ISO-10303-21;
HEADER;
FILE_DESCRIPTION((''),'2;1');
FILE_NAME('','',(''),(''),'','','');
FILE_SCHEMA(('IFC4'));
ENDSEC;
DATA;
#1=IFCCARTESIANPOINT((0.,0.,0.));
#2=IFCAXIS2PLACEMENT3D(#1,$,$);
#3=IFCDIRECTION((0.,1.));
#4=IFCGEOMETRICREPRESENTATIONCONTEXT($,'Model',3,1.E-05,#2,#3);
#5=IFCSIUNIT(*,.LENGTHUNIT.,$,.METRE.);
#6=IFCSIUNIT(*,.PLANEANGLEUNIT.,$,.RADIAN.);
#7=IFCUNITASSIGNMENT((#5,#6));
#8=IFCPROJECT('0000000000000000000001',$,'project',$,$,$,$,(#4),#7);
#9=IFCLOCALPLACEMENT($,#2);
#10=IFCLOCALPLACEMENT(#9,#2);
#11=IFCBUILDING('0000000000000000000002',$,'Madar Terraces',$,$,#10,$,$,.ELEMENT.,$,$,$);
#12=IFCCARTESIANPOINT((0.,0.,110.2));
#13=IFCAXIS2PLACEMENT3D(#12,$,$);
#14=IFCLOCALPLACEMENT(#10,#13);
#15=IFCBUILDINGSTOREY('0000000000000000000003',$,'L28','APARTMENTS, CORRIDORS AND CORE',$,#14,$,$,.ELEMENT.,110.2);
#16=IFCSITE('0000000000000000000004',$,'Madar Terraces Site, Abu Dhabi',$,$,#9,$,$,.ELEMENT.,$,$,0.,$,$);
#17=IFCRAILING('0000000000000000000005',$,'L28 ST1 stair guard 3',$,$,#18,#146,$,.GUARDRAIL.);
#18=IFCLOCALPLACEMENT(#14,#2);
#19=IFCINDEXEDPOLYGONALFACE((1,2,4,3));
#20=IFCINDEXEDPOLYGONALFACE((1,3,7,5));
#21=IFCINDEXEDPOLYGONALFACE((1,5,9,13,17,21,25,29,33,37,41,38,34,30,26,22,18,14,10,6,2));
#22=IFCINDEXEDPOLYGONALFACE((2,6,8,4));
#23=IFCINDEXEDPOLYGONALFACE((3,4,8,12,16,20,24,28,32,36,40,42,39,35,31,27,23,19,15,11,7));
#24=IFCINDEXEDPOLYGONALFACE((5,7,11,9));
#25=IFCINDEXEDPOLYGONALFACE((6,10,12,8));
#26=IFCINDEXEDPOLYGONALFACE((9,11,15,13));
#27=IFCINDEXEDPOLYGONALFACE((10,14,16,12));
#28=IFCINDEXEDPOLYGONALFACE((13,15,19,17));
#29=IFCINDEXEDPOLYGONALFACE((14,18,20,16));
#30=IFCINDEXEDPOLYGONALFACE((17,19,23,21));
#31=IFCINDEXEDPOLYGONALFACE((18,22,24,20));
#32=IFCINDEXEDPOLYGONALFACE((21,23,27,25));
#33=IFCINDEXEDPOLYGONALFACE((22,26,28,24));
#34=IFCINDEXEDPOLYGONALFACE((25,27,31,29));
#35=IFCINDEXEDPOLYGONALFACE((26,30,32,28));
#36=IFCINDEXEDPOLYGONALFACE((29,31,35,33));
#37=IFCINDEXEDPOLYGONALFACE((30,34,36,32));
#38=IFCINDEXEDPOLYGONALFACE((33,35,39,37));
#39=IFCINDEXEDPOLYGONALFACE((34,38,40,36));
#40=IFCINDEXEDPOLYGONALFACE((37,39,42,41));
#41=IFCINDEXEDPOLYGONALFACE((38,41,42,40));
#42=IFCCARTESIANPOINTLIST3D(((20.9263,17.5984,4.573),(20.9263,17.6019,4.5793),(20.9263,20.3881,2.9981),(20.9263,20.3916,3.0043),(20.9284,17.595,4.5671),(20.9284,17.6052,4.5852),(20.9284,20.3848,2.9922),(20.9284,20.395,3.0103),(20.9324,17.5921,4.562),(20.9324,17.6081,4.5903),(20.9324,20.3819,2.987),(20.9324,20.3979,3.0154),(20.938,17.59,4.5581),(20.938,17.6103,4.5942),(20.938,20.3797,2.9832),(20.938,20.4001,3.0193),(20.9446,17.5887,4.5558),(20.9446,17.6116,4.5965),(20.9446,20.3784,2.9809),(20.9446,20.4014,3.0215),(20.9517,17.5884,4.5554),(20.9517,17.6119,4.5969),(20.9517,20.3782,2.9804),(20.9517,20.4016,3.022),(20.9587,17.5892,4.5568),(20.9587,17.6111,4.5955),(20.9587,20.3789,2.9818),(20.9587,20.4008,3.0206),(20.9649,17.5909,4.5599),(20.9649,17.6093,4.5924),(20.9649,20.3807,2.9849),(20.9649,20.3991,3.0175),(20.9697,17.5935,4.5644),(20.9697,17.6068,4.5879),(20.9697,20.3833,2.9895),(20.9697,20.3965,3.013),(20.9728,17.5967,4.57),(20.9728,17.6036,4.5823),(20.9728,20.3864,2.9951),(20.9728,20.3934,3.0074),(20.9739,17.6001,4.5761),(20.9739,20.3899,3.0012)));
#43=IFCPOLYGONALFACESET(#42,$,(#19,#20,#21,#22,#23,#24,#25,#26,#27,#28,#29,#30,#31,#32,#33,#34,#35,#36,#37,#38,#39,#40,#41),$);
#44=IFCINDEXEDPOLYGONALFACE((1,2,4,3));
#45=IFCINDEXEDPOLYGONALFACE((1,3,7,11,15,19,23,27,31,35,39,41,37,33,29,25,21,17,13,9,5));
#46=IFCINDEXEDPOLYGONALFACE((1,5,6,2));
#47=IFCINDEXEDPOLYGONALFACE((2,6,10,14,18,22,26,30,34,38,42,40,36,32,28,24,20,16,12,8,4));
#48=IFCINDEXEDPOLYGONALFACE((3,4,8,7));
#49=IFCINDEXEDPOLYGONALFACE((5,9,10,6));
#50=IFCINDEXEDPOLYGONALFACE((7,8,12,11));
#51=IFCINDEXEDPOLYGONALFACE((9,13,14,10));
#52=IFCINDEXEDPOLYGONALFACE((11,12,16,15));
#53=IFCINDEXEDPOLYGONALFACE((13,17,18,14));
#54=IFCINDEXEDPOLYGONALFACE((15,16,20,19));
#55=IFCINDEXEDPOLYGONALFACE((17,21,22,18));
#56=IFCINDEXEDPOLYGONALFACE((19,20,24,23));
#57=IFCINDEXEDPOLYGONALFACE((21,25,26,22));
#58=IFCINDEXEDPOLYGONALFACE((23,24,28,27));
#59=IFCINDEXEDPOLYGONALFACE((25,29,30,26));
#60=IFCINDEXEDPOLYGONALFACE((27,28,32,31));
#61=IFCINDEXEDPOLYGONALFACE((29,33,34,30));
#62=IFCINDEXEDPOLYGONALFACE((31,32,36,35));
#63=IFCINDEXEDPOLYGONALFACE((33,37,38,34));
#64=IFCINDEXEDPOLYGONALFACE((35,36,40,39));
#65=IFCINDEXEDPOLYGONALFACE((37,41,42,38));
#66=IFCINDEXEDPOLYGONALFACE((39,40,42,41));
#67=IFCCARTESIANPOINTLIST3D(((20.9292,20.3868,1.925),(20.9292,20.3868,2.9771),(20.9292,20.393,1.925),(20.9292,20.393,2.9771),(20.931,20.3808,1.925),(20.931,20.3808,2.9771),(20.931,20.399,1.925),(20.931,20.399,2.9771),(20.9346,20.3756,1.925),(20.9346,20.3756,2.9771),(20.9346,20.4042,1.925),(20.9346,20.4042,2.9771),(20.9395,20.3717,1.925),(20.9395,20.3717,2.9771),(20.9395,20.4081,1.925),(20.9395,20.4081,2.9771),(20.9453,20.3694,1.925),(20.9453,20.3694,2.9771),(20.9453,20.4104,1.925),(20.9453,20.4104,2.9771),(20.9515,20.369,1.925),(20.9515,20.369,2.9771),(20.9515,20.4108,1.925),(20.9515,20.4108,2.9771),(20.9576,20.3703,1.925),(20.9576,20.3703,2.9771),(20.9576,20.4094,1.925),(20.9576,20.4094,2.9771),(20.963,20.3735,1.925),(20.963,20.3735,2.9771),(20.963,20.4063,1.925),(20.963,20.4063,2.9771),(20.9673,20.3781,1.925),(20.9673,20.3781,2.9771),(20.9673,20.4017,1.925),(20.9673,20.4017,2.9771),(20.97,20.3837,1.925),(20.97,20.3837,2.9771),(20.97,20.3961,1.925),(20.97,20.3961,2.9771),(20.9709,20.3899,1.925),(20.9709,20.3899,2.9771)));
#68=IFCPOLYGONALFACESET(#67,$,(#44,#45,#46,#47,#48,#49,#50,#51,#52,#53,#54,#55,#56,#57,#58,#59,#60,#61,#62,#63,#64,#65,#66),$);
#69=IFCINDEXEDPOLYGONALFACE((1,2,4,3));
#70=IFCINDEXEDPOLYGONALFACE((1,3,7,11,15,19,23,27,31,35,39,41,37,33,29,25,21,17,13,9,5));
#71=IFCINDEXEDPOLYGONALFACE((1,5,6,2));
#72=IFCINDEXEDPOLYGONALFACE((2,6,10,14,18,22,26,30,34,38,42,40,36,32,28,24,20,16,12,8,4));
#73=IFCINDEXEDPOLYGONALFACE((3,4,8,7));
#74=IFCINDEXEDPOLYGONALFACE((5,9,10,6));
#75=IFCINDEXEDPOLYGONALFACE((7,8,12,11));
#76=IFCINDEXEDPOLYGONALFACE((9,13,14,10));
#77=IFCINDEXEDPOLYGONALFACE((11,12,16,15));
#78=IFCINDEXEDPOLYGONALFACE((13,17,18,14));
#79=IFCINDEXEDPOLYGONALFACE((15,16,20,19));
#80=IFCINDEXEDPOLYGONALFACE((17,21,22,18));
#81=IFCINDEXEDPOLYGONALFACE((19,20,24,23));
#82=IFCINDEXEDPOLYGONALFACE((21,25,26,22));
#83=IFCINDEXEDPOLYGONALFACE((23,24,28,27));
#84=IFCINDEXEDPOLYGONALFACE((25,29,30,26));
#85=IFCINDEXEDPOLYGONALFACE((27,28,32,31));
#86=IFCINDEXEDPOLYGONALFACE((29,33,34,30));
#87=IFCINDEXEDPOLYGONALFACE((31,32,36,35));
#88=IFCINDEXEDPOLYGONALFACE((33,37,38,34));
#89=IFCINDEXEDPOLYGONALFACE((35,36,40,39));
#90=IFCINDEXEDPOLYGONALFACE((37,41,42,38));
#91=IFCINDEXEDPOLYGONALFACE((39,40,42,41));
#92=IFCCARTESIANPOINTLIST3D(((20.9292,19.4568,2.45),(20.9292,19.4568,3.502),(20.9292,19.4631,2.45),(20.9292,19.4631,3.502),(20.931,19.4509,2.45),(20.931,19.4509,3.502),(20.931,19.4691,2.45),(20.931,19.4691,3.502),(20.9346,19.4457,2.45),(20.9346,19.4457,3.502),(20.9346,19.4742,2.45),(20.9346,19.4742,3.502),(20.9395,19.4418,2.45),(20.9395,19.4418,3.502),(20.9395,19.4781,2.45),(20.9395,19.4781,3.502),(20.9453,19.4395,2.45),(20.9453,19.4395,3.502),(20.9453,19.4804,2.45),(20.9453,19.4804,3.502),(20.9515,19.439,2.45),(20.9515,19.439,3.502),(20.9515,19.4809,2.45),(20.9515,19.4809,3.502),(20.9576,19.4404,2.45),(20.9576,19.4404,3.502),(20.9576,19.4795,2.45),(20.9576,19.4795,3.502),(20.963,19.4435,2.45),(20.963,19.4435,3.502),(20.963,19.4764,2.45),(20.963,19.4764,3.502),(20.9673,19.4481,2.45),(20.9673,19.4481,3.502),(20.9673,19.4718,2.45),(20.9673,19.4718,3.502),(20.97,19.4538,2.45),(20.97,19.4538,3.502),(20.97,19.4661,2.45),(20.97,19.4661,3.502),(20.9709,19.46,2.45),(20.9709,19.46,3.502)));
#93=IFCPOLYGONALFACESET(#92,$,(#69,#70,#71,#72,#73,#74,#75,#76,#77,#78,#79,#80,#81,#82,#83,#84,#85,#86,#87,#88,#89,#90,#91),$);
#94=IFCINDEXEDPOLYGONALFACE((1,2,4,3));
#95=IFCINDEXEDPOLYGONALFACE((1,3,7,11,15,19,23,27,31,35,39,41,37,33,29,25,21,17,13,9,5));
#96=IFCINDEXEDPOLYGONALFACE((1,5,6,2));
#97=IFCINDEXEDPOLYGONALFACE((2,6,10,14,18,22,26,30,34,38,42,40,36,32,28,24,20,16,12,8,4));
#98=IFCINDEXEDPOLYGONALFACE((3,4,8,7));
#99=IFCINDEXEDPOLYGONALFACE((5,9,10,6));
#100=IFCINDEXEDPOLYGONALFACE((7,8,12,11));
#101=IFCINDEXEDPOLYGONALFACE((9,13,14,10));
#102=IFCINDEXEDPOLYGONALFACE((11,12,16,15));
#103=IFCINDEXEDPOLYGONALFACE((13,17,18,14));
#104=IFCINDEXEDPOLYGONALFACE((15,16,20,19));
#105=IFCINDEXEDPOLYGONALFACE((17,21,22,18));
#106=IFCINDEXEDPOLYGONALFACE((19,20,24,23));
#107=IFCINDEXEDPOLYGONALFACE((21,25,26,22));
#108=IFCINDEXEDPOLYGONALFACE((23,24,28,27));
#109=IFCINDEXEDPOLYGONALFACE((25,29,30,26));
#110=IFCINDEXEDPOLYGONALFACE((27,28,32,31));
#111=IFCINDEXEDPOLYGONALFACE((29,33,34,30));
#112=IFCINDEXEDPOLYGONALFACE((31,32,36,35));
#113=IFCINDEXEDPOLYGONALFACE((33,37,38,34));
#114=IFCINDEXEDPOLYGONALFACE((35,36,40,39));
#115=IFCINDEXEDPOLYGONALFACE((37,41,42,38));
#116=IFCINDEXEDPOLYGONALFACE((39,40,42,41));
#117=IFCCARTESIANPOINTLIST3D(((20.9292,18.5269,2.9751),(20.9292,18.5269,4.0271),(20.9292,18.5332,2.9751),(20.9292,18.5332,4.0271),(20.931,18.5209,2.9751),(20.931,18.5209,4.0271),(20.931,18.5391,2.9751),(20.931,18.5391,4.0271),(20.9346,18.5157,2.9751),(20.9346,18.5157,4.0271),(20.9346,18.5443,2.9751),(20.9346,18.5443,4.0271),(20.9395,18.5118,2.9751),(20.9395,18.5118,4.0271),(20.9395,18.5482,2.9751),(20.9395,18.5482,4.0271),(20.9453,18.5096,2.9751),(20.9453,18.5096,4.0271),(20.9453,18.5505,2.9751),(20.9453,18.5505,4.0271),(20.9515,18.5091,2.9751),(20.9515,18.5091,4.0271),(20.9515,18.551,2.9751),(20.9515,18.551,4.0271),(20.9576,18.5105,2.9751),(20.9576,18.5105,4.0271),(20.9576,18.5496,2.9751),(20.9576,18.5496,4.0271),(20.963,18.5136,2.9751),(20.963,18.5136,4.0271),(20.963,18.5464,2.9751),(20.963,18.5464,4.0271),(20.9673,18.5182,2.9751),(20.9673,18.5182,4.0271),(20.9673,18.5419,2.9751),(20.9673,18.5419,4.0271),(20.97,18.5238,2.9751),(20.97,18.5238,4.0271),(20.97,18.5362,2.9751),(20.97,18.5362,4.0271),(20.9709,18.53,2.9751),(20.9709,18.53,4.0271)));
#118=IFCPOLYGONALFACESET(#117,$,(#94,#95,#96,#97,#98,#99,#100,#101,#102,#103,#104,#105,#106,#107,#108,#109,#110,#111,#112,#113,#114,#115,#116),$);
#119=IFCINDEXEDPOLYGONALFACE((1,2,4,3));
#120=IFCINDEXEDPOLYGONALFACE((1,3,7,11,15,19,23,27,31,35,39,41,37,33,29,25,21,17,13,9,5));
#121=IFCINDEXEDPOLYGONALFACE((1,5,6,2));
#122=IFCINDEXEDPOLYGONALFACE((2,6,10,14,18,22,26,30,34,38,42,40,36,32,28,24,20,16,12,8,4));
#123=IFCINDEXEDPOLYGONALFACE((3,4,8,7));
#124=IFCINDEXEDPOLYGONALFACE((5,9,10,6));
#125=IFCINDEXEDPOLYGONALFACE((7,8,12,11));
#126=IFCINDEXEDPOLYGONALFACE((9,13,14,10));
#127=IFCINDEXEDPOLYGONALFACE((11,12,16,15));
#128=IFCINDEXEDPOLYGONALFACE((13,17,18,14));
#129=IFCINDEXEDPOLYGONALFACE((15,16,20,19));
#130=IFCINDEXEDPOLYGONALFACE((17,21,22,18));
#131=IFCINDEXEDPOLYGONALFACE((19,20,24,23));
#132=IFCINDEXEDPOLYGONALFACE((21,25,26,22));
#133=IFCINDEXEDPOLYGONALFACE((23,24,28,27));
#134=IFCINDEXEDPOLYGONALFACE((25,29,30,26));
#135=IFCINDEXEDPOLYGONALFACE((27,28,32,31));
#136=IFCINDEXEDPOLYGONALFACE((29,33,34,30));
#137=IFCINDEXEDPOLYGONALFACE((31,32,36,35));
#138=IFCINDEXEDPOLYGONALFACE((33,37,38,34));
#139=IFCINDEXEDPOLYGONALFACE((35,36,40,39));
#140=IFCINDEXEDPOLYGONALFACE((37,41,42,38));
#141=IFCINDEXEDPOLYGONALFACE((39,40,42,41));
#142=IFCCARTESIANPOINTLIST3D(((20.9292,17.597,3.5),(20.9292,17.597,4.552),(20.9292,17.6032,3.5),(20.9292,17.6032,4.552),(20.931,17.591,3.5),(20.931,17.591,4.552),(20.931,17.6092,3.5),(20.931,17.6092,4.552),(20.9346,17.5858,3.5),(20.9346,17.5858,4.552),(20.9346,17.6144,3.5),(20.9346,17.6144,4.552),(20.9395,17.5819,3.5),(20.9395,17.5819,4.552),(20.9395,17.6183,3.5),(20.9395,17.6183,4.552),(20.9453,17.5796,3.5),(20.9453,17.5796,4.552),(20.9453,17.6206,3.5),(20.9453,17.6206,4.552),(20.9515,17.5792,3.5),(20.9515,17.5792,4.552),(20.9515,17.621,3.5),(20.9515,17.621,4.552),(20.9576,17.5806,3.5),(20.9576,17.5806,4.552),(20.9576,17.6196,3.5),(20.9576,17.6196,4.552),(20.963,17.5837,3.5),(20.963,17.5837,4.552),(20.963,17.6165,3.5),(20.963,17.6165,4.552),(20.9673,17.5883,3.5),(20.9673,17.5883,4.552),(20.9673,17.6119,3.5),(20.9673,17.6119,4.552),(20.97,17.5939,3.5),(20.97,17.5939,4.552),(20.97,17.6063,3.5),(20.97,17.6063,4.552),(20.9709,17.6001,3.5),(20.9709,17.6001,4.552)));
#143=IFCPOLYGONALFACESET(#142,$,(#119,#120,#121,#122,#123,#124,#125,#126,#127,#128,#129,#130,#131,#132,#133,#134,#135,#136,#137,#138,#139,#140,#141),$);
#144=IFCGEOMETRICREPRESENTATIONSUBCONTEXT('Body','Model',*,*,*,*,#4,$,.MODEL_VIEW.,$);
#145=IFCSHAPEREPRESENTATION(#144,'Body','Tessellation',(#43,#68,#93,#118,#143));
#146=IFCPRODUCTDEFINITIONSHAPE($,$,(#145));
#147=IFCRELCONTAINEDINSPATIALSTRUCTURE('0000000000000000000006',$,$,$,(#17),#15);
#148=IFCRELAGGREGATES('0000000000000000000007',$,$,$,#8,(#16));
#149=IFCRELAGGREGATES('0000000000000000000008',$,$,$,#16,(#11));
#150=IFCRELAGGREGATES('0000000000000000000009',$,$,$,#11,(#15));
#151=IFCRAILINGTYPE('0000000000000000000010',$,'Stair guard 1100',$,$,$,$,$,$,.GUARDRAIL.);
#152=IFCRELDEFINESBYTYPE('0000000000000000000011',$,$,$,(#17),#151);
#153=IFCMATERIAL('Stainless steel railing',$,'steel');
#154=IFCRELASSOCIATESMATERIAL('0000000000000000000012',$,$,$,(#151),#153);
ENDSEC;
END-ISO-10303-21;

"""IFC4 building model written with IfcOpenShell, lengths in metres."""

from ifc_helpers import new_model, si_unit, direction, frame, origin, origin_2d, place, context, subcontext, project, spatial, circle, extrude, material, type_object, element, save


model = new_model("IFC4")

# Units and contexts
model_context = context("Model", 3, precision=1e-05, world=origin(), true_north=direction((0.0, 1.0)))
body_context = subcontext(model_context, "Body", "Model", "MODEL_VIEW")
ifc_project = project(units=[si_unit("LENGTHUNIT", "METRE"), si_unit("PLANEANGLEUNIT", "RADIAN")], contexts=[model_context])

# Site, building, storey
site_placement = place(None, origin())
site = spatial("IfcSite", under=ifc_project, at=site_placement, Name="Madar Terraces Site, Abu Dhabi", CompositionType="ELEMENT", RefElevation=0.0)
building_placement = place(site_placement, origin())
building = spatial("IfcBuilding", under=site, at=building_placement, Name="Madar Terraces", CompositionType="ELEMENT")
storey_placement = place(building_placement, frame((0.0, 0.0, 110.2)))
storey = spatial("IfcBuildingStorey", under=building, at=storey_placement, Name="L28", Description="APARTMENTS, CORRIDORS AND CORE", CompositionType="ELEMENT", Elevation=110.2)

# Railing
ifc_material_1 = material(Name="Stainless steel railing", Category="steel")
railing_type_1 = type_object("IfcRailingType", Name="Stair guard 1100", PredefinedType="GUARDRAIL", material=ifc_material_1)
railing_1_placement = place(storey_placement, frame((20.95, 20.3899, 1.925)))
element("IfcRailing", 1, at=railing_1_placement, inside=storey, type_object=railing_type_1, Name="L28 ST1 stair guard 3", PredefinedType="GUARDRAIL", context=body_context, shape_type="SweptSolid", body=[
    extrude(circle(Radius=0.0239, at=origin_2d()), frame((0.0, 0.0, 1.0762), z_axis=(0.0, -0.870815, 0.49161), x_axis=(1.0, 0.0, 0.0)), (0.0, 0.0, 1.0), 3.2036),
    extrude(circle(Radius=0.021, at=origin_2d()), origin(), (0.0, 0.0, 1.0), 1.052),
    extrude(circle(Radius=0.021, at=origin_2d()), frame((0.0, -0.9299, 0.5249)), (0.0, 0.0, 1.0), 1.052),
    extrude(circle(Radius=0.021, at=origin_2d()), frame((0.0, -1.8599, 1.05)), (0.0, 0.0, 1.0), 1.052),
    extrude(circle(Radius=0.021, at=origin_2d()), frame((0.0, -2.7898, 1.575)), (0.0, 0.0, 1.0), 1.052),
])

save(model, "model.ifc")
